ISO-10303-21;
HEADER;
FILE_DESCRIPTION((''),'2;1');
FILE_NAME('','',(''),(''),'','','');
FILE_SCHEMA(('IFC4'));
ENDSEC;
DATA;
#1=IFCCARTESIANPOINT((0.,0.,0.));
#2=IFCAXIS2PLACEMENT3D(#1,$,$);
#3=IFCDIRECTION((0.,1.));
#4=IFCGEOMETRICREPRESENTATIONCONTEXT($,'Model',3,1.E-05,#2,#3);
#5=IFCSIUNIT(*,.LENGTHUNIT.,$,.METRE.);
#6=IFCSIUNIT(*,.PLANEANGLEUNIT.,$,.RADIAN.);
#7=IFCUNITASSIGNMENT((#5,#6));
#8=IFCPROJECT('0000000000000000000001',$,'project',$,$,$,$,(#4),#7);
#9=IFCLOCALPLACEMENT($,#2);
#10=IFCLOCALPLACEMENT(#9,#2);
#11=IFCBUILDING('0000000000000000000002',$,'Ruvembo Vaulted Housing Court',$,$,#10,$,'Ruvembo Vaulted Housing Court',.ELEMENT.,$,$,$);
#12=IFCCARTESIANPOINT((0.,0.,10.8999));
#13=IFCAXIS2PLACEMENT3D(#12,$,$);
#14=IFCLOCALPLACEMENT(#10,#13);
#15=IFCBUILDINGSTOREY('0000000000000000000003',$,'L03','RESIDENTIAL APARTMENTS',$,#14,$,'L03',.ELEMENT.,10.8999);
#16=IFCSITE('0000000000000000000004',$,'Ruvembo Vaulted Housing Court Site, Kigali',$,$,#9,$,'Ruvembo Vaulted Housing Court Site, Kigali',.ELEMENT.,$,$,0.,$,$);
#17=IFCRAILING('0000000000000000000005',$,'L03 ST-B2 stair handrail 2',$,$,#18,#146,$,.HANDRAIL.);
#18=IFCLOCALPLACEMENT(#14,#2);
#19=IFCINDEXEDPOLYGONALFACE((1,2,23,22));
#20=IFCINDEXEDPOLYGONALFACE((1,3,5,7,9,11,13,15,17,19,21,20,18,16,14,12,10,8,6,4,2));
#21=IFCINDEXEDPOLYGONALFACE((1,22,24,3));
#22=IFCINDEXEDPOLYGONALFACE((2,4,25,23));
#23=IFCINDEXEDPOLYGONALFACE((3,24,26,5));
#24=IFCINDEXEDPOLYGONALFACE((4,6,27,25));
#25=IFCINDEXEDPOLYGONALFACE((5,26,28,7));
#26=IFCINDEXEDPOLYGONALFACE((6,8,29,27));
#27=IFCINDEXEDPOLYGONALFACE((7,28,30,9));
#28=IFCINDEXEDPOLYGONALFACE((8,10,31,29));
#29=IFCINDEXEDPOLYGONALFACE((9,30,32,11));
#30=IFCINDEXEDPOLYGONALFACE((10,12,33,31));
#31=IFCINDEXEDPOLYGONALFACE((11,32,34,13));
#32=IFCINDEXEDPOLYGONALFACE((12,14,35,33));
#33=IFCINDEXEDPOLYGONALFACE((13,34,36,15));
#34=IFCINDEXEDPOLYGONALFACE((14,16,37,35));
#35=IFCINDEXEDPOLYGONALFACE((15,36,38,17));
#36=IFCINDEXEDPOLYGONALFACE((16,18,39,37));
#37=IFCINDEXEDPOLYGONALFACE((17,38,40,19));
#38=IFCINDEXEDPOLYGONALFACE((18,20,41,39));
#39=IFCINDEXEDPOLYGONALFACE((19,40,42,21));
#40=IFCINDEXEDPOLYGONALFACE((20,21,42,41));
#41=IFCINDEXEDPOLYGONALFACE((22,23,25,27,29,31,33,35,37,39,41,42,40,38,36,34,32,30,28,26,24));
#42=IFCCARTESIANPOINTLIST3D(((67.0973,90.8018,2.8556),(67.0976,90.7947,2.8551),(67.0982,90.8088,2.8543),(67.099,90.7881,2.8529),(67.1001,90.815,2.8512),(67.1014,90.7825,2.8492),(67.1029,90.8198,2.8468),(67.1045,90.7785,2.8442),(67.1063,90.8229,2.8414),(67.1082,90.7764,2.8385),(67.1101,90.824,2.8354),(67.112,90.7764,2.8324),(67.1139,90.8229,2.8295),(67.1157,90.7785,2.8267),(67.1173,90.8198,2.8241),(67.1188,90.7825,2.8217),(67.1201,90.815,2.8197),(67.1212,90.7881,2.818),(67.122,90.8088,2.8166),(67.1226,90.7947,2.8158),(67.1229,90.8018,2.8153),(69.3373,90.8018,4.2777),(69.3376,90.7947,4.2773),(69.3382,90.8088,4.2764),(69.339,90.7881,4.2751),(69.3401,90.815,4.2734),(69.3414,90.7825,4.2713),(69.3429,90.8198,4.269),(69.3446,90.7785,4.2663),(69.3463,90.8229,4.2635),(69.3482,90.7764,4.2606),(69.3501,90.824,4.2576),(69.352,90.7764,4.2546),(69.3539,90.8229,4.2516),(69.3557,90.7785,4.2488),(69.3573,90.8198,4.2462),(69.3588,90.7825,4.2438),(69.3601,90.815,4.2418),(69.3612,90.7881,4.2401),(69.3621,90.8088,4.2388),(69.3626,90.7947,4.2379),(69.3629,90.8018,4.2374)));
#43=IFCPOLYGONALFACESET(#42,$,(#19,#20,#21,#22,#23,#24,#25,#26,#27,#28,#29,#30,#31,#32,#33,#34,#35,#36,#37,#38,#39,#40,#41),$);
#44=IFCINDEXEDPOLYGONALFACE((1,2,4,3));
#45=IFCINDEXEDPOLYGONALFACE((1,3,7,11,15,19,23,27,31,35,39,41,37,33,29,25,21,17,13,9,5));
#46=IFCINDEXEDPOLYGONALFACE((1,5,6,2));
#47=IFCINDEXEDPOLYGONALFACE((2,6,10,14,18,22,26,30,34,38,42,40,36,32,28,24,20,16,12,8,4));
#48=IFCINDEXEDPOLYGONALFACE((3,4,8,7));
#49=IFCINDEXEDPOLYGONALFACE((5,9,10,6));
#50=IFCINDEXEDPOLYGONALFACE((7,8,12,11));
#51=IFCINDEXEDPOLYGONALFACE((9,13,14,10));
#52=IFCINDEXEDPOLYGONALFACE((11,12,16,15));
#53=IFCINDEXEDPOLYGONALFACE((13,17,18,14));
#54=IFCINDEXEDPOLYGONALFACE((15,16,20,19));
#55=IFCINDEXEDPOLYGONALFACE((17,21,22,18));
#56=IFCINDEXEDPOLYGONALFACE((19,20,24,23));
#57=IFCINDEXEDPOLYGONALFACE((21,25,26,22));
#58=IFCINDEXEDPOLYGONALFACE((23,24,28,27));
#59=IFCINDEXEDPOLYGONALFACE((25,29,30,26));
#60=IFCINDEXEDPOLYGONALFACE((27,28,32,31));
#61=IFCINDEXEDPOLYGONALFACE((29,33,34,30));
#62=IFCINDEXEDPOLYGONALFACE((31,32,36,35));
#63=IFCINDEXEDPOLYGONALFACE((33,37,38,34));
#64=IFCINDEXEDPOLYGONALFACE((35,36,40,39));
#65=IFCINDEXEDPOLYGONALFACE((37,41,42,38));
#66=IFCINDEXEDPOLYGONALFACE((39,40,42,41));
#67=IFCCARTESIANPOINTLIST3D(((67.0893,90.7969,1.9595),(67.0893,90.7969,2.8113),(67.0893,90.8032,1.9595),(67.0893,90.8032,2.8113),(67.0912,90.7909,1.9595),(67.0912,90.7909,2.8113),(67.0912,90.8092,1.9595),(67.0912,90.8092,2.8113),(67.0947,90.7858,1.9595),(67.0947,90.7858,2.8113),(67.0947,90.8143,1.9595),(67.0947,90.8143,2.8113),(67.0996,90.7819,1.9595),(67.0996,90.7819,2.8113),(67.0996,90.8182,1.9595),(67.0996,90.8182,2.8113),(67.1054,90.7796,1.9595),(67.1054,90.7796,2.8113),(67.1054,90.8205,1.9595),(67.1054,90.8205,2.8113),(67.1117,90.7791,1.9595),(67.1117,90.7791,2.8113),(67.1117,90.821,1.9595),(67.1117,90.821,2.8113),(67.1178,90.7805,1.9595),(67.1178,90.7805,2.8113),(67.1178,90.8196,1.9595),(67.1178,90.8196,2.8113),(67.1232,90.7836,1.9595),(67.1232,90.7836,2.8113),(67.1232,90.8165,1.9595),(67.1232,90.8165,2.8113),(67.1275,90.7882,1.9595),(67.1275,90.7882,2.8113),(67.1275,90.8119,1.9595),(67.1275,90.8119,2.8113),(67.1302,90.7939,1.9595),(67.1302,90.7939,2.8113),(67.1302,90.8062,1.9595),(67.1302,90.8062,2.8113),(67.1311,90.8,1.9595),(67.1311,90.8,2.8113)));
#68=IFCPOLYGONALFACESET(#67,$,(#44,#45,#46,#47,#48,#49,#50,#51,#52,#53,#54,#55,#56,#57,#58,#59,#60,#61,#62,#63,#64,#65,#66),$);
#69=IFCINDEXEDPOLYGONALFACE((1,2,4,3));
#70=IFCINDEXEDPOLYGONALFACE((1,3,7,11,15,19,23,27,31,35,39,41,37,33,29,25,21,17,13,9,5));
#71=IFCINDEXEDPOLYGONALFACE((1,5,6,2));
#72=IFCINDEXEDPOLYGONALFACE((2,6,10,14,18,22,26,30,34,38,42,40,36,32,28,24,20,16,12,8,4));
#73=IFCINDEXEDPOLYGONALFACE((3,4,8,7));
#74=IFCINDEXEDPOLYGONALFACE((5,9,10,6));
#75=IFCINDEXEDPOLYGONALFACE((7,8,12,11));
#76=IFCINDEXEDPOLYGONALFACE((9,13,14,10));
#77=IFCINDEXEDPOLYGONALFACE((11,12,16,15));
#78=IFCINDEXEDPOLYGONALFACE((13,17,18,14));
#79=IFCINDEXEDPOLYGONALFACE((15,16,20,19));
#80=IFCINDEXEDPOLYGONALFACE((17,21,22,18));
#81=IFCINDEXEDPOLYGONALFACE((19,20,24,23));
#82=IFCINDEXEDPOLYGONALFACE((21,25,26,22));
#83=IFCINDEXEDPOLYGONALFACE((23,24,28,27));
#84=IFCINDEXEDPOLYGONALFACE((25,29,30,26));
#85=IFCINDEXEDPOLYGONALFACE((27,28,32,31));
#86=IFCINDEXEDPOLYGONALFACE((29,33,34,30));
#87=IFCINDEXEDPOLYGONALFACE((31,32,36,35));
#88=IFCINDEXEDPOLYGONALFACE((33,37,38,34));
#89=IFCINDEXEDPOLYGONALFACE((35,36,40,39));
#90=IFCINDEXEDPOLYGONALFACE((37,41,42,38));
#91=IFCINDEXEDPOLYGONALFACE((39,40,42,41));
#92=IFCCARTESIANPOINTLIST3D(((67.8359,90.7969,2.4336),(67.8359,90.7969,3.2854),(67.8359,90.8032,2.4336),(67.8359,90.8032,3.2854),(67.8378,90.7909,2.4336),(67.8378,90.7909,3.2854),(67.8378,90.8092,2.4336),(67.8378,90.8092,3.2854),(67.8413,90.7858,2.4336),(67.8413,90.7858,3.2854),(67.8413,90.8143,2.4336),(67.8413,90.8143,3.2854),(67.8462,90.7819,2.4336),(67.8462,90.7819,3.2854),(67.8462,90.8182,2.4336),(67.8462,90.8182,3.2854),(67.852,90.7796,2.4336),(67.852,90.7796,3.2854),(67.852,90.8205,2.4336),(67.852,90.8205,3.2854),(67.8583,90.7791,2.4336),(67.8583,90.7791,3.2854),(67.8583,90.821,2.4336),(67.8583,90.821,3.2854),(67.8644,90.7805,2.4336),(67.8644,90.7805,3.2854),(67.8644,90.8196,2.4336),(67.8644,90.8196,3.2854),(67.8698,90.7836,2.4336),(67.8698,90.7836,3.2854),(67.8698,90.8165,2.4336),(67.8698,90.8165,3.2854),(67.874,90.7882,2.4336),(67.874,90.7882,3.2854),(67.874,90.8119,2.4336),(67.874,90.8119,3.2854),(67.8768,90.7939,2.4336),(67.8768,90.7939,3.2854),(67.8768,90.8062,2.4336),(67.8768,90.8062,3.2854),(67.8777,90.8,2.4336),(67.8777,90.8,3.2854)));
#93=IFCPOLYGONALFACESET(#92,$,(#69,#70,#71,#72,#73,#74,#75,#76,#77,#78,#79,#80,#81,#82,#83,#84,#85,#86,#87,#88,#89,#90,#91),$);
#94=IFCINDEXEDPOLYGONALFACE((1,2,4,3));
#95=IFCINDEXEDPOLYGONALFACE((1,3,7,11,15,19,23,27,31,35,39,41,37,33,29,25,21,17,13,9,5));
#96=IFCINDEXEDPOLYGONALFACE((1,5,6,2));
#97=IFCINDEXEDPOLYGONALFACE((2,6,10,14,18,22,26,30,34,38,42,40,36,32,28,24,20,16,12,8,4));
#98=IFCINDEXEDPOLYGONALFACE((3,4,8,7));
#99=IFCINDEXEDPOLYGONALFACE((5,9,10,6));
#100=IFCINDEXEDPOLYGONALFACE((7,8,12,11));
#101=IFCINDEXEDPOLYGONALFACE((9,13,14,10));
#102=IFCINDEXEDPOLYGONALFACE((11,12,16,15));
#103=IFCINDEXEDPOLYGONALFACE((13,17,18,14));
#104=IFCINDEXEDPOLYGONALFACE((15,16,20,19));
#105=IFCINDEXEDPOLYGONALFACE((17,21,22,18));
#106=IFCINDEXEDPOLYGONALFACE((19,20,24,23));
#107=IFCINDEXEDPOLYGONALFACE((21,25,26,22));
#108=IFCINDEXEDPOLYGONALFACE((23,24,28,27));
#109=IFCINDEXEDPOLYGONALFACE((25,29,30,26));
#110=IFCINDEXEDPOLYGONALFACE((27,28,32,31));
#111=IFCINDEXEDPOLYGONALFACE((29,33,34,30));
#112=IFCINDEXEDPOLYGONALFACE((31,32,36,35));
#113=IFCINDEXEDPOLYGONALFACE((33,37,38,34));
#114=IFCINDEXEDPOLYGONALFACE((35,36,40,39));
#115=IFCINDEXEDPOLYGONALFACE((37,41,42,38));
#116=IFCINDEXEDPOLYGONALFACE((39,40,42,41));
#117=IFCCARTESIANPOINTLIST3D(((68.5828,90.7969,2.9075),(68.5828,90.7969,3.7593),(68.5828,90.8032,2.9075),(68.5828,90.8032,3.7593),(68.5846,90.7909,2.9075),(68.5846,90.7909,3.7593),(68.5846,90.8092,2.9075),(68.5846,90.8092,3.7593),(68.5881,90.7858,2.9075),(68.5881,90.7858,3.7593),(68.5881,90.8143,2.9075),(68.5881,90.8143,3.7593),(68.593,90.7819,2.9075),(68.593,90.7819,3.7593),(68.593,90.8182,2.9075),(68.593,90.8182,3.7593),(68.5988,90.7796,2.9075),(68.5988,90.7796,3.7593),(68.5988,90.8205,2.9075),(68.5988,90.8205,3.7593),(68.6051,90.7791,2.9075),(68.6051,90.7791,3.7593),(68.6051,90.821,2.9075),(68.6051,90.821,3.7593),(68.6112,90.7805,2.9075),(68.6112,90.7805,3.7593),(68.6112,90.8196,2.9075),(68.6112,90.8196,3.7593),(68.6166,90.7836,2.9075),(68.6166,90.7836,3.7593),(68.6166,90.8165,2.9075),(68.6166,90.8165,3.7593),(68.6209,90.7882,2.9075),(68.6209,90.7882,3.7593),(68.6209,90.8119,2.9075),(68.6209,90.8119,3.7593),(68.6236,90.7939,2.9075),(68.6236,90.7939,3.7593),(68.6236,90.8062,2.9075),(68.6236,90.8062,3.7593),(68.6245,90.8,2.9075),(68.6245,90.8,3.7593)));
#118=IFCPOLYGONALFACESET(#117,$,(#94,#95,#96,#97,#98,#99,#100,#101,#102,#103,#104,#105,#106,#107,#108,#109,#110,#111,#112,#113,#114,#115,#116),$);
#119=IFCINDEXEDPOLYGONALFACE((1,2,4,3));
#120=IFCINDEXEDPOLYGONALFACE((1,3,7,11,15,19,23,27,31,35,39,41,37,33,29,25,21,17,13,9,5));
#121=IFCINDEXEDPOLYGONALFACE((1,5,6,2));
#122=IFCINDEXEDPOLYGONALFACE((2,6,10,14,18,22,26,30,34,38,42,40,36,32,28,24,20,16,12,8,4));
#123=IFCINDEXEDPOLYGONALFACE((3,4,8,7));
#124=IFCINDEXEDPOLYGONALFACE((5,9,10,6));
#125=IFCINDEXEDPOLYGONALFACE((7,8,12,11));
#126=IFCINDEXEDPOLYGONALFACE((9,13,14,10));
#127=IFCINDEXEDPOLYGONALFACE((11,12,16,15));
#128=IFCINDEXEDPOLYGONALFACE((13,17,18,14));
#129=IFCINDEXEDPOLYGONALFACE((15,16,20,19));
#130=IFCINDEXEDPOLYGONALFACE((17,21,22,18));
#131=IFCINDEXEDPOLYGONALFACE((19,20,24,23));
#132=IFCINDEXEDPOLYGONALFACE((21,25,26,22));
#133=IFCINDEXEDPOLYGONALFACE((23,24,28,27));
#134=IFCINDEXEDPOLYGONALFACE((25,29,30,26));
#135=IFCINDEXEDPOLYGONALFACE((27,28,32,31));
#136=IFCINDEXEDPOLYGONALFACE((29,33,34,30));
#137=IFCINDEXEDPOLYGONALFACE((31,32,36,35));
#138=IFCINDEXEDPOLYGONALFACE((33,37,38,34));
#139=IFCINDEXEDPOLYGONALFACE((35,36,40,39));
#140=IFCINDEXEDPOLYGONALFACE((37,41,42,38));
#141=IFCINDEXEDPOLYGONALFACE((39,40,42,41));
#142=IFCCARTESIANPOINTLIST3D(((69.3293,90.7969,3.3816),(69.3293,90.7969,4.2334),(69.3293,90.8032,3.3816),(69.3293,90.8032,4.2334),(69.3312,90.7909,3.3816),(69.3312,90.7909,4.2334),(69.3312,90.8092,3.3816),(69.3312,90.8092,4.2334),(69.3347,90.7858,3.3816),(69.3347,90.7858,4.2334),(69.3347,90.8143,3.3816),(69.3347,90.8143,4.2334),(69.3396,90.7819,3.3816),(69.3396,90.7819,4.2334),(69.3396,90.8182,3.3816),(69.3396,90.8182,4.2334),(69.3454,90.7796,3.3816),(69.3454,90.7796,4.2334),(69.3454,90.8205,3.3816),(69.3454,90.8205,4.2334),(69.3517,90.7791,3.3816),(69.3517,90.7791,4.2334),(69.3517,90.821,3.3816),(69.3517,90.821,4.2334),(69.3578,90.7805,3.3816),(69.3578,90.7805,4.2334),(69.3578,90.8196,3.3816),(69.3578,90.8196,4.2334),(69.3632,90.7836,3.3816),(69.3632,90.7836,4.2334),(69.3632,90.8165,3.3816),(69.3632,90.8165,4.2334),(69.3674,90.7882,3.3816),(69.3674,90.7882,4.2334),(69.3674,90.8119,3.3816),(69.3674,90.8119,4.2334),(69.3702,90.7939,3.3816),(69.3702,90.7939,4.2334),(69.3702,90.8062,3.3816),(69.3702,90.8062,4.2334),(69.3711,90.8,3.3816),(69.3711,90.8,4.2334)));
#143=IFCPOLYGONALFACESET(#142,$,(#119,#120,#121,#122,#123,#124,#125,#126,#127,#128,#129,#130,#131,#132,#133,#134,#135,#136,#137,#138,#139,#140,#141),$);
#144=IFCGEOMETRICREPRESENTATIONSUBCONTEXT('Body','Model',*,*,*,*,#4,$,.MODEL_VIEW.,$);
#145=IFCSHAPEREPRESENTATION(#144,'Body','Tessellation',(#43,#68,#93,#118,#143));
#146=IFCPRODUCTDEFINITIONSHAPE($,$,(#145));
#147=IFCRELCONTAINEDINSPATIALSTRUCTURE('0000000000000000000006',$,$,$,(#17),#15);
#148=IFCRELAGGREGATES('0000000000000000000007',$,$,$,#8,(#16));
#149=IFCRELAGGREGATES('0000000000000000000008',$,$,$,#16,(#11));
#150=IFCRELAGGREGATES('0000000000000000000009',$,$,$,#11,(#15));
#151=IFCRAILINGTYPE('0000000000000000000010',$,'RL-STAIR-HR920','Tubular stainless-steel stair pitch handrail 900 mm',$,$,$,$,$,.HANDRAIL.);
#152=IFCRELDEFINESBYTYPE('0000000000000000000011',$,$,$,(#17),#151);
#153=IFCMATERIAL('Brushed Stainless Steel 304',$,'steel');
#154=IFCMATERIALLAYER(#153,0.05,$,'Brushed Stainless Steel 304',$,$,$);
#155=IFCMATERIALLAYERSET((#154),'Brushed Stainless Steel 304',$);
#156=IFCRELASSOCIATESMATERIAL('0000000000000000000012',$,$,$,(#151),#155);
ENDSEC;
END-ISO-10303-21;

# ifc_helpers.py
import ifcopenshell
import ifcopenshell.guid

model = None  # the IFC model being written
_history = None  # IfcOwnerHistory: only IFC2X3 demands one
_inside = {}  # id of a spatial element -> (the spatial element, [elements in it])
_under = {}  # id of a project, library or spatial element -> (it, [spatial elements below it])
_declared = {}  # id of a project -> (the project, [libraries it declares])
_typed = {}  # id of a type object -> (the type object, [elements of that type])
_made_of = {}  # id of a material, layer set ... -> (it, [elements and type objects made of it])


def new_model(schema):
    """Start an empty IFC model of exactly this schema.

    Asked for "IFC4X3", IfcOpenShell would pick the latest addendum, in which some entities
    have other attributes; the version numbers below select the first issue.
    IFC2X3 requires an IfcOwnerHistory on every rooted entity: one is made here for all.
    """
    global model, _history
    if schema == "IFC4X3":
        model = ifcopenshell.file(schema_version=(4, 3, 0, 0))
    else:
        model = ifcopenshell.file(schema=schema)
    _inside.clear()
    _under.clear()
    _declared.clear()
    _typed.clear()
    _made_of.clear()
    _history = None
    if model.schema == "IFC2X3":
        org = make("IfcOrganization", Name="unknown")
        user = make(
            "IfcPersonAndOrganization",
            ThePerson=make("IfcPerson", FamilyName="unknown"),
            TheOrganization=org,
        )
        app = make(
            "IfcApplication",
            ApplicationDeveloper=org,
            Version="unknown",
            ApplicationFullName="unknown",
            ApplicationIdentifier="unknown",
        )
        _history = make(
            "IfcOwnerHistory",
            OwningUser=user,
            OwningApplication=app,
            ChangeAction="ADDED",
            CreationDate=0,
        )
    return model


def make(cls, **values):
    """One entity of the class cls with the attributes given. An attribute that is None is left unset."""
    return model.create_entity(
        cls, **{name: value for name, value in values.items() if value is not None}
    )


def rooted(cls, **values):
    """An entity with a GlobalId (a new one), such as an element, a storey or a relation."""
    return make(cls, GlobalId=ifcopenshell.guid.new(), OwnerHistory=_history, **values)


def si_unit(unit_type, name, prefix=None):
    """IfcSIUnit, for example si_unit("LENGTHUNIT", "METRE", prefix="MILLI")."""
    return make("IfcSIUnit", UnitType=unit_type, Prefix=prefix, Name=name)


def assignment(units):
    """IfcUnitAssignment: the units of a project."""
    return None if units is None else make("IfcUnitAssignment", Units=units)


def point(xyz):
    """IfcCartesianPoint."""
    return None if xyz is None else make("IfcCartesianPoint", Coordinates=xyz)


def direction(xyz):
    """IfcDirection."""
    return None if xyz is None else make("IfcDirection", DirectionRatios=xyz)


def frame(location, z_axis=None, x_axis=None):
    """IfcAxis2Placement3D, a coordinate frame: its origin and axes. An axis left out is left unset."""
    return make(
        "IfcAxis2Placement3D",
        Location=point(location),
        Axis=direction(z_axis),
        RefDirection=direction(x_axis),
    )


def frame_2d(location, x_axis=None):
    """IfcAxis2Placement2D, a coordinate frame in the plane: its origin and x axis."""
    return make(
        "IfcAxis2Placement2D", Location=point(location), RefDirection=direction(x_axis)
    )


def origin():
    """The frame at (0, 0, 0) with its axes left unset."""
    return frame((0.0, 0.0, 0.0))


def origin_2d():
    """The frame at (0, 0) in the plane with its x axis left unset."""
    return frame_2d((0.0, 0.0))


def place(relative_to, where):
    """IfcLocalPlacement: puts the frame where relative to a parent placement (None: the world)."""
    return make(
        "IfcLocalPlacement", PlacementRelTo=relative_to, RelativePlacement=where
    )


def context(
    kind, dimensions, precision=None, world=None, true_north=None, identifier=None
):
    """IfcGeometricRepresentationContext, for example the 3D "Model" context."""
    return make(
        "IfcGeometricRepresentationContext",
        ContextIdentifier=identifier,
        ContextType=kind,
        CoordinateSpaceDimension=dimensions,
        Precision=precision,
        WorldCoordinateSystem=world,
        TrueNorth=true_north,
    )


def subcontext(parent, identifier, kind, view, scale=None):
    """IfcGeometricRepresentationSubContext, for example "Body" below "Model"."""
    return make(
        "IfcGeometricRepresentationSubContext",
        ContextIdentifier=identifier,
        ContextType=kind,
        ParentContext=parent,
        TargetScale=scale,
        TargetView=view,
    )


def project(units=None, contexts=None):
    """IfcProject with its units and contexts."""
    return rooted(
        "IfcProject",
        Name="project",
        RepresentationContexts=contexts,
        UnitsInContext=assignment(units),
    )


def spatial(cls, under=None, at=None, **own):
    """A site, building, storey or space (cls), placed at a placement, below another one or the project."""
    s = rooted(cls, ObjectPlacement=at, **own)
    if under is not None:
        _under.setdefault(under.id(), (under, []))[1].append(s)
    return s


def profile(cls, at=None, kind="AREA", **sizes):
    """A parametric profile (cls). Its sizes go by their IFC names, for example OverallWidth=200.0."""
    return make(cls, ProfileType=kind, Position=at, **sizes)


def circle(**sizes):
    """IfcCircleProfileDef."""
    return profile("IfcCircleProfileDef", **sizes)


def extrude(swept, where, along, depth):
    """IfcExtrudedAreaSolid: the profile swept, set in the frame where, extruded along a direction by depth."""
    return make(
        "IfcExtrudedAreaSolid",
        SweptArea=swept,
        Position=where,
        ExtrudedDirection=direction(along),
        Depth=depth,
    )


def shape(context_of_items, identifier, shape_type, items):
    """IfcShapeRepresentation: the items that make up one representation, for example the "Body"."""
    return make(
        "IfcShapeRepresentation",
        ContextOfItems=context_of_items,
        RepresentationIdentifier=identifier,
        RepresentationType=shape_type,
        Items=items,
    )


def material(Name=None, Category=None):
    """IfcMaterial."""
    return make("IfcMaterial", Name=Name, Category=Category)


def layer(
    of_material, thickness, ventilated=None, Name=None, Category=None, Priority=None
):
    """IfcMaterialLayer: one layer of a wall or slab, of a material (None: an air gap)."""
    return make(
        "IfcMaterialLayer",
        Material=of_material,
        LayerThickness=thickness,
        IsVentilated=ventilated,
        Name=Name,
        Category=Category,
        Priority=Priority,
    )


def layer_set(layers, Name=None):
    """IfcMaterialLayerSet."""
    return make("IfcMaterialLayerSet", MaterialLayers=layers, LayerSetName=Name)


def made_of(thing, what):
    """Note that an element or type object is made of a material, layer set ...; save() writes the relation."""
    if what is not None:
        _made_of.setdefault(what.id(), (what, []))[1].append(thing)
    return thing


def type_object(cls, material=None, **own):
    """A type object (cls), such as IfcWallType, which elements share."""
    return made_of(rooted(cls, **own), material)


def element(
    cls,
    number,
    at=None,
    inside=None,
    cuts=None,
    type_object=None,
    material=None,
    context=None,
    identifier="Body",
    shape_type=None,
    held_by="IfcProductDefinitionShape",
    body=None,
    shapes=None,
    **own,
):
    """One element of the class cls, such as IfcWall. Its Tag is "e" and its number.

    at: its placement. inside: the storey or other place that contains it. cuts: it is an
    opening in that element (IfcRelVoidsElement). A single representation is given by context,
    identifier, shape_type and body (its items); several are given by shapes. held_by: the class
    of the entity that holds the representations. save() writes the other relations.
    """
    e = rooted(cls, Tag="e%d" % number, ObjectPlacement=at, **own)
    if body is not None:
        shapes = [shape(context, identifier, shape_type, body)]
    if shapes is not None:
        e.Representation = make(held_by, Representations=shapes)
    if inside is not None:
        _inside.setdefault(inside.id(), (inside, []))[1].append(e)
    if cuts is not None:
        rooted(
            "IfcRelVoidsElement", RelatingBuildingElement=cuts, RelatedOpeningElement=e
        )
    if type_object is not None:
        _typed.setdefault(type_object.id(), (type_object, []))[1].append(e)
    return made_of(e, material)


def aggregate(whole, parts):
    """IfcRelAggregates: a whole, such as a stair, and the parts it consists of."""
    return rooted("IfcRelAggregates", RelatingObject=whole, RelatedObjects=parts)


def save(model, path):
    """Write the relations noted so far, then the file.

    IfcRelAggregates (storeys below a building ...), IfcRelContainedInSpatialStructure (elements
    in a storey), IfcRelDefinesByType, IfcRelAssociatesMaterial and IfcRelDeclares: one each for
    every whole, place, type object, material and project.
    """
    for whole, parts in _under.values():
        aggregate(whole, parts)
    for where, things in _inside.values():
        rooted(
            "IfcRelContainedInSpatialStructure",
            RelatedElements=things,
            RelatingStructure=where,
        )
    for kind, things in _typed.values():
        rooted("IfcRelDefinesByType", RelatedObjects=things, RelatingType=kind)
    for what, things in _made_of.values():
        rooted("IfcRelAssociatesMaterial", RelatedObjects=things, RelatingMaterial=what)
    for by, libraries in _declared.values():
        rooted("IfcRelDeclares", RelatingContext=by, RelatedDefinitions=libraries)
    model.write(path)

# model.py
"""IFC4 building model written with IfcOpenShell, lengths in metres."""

from ifc_helpers import new_model, si_unit, direction, frame, origin, origin_2d, place, context, subcontext, project, spatial, circle, extrude, material, layer, layer_set, type_object, element, save


model = new_model("IFC4")

# Units and contexts
model_context = context("Model", 3, precision=1e-05, world=origin(), true_north=direction((0.0, 1.0)))
body_context = subcontext(model_context, "Body", "Model", "MODEL_VIEW")
ifc_project = project(units=[si_unit("LENGTHUNIT", "METRE"), si_unit("PLANEANGLEUNIT", "RADIAN")], contexts=[model_context])

# Site, building, storey
site_placement = place(None, origin())
site = spatial("IfcSite", under=ifc_project, at=site_placement, Name="Ruvembo Vaulted Housing Court Site, Kigali", LongName="Ruvembo Vaulted Housing Court Site, Kigali", CompositionType="ELEMENT", RefElevation=0.0)
building_placement = place(site_placement, origin())
building = spatial("IfcBuilding", under=site, at=building_placement, Name="Ruvembo Vaulted Housing Court", LongName="Ruvembo Vaulted Housing Court", CompositionType="ELEMENT")
storey_placement = place(building_placement, frame((0.0, 0.0, 10.8999)))
storey = spatial("IfcBuildingStorey", under=building, at=storey_placement, Name="L03", Description="RESIDENTIAL APARTMENTS", LongName="L03", CompositionType="ELEMENT", Elevation=10.8999)

# Railing
ifc_material_1 = material(Name="Brushed Stainless Steel 304", Category="steel")
ifc_layer_1 = layer(ifc_material_1, 0.05, Name="Brushed Stainless Steel 304")
ifc_layer_set_1 = layer_set([ifc_layer_1], Name="Brushed Stainless Steel 304")
railing_type_1 = type_object("IfcRailingType", Name="RL-STAIR-HR920", Description="Tubular stainless-steel stair pitch handrail 900 mm", PredefinedType="HANDRAIL", material=ifc_layer_set_1)
railing_1_placement = place(storey_placement, frame((67.1101, 90.8, 1.9595)))
element("IfcRailing", 1, at=railing_1_placement, inside=storey, type_object=railing_type_1, Name="L03 ST-B2 stair handrail 2", PredefinedType="HANDRAIL", context=body_context, shape_type="SweptSolid", body=[
    extrude(circle(Radius=0.0239, at=origin_2d()), frame((0.0, 0.0, 0.876), z_axis=(0.844229, 0.0, 0.535982), x_axis=(0.0, 1.0, 0.0)), (0.0, 0.0, 1.0), 2.6533),
    extrude(circle(Radius=0.021, at=origin_2d()), origin(), (0.0, 0.0, 1.0), 0.8518),
    extrude(circle(Radius=0.021, at=origin_2d()), frame((0.7466, 0.0, 0.4741)), (0.0, 0.0, 1.0), 0.8518),
    extrude(circle(Radius=0.021, at=origin_2d()), frame((1.4934, 0.0, 0.948)), (0.0, 0.0, 1.0), 0.8518),
    extrude(circle(Radius=0.021, at=origin_2d()), frame((2.24, 0.0, 1.4221)), (0.0, 0.0, 1.0), 0.8518),
])

save(model, "model.ifc")
